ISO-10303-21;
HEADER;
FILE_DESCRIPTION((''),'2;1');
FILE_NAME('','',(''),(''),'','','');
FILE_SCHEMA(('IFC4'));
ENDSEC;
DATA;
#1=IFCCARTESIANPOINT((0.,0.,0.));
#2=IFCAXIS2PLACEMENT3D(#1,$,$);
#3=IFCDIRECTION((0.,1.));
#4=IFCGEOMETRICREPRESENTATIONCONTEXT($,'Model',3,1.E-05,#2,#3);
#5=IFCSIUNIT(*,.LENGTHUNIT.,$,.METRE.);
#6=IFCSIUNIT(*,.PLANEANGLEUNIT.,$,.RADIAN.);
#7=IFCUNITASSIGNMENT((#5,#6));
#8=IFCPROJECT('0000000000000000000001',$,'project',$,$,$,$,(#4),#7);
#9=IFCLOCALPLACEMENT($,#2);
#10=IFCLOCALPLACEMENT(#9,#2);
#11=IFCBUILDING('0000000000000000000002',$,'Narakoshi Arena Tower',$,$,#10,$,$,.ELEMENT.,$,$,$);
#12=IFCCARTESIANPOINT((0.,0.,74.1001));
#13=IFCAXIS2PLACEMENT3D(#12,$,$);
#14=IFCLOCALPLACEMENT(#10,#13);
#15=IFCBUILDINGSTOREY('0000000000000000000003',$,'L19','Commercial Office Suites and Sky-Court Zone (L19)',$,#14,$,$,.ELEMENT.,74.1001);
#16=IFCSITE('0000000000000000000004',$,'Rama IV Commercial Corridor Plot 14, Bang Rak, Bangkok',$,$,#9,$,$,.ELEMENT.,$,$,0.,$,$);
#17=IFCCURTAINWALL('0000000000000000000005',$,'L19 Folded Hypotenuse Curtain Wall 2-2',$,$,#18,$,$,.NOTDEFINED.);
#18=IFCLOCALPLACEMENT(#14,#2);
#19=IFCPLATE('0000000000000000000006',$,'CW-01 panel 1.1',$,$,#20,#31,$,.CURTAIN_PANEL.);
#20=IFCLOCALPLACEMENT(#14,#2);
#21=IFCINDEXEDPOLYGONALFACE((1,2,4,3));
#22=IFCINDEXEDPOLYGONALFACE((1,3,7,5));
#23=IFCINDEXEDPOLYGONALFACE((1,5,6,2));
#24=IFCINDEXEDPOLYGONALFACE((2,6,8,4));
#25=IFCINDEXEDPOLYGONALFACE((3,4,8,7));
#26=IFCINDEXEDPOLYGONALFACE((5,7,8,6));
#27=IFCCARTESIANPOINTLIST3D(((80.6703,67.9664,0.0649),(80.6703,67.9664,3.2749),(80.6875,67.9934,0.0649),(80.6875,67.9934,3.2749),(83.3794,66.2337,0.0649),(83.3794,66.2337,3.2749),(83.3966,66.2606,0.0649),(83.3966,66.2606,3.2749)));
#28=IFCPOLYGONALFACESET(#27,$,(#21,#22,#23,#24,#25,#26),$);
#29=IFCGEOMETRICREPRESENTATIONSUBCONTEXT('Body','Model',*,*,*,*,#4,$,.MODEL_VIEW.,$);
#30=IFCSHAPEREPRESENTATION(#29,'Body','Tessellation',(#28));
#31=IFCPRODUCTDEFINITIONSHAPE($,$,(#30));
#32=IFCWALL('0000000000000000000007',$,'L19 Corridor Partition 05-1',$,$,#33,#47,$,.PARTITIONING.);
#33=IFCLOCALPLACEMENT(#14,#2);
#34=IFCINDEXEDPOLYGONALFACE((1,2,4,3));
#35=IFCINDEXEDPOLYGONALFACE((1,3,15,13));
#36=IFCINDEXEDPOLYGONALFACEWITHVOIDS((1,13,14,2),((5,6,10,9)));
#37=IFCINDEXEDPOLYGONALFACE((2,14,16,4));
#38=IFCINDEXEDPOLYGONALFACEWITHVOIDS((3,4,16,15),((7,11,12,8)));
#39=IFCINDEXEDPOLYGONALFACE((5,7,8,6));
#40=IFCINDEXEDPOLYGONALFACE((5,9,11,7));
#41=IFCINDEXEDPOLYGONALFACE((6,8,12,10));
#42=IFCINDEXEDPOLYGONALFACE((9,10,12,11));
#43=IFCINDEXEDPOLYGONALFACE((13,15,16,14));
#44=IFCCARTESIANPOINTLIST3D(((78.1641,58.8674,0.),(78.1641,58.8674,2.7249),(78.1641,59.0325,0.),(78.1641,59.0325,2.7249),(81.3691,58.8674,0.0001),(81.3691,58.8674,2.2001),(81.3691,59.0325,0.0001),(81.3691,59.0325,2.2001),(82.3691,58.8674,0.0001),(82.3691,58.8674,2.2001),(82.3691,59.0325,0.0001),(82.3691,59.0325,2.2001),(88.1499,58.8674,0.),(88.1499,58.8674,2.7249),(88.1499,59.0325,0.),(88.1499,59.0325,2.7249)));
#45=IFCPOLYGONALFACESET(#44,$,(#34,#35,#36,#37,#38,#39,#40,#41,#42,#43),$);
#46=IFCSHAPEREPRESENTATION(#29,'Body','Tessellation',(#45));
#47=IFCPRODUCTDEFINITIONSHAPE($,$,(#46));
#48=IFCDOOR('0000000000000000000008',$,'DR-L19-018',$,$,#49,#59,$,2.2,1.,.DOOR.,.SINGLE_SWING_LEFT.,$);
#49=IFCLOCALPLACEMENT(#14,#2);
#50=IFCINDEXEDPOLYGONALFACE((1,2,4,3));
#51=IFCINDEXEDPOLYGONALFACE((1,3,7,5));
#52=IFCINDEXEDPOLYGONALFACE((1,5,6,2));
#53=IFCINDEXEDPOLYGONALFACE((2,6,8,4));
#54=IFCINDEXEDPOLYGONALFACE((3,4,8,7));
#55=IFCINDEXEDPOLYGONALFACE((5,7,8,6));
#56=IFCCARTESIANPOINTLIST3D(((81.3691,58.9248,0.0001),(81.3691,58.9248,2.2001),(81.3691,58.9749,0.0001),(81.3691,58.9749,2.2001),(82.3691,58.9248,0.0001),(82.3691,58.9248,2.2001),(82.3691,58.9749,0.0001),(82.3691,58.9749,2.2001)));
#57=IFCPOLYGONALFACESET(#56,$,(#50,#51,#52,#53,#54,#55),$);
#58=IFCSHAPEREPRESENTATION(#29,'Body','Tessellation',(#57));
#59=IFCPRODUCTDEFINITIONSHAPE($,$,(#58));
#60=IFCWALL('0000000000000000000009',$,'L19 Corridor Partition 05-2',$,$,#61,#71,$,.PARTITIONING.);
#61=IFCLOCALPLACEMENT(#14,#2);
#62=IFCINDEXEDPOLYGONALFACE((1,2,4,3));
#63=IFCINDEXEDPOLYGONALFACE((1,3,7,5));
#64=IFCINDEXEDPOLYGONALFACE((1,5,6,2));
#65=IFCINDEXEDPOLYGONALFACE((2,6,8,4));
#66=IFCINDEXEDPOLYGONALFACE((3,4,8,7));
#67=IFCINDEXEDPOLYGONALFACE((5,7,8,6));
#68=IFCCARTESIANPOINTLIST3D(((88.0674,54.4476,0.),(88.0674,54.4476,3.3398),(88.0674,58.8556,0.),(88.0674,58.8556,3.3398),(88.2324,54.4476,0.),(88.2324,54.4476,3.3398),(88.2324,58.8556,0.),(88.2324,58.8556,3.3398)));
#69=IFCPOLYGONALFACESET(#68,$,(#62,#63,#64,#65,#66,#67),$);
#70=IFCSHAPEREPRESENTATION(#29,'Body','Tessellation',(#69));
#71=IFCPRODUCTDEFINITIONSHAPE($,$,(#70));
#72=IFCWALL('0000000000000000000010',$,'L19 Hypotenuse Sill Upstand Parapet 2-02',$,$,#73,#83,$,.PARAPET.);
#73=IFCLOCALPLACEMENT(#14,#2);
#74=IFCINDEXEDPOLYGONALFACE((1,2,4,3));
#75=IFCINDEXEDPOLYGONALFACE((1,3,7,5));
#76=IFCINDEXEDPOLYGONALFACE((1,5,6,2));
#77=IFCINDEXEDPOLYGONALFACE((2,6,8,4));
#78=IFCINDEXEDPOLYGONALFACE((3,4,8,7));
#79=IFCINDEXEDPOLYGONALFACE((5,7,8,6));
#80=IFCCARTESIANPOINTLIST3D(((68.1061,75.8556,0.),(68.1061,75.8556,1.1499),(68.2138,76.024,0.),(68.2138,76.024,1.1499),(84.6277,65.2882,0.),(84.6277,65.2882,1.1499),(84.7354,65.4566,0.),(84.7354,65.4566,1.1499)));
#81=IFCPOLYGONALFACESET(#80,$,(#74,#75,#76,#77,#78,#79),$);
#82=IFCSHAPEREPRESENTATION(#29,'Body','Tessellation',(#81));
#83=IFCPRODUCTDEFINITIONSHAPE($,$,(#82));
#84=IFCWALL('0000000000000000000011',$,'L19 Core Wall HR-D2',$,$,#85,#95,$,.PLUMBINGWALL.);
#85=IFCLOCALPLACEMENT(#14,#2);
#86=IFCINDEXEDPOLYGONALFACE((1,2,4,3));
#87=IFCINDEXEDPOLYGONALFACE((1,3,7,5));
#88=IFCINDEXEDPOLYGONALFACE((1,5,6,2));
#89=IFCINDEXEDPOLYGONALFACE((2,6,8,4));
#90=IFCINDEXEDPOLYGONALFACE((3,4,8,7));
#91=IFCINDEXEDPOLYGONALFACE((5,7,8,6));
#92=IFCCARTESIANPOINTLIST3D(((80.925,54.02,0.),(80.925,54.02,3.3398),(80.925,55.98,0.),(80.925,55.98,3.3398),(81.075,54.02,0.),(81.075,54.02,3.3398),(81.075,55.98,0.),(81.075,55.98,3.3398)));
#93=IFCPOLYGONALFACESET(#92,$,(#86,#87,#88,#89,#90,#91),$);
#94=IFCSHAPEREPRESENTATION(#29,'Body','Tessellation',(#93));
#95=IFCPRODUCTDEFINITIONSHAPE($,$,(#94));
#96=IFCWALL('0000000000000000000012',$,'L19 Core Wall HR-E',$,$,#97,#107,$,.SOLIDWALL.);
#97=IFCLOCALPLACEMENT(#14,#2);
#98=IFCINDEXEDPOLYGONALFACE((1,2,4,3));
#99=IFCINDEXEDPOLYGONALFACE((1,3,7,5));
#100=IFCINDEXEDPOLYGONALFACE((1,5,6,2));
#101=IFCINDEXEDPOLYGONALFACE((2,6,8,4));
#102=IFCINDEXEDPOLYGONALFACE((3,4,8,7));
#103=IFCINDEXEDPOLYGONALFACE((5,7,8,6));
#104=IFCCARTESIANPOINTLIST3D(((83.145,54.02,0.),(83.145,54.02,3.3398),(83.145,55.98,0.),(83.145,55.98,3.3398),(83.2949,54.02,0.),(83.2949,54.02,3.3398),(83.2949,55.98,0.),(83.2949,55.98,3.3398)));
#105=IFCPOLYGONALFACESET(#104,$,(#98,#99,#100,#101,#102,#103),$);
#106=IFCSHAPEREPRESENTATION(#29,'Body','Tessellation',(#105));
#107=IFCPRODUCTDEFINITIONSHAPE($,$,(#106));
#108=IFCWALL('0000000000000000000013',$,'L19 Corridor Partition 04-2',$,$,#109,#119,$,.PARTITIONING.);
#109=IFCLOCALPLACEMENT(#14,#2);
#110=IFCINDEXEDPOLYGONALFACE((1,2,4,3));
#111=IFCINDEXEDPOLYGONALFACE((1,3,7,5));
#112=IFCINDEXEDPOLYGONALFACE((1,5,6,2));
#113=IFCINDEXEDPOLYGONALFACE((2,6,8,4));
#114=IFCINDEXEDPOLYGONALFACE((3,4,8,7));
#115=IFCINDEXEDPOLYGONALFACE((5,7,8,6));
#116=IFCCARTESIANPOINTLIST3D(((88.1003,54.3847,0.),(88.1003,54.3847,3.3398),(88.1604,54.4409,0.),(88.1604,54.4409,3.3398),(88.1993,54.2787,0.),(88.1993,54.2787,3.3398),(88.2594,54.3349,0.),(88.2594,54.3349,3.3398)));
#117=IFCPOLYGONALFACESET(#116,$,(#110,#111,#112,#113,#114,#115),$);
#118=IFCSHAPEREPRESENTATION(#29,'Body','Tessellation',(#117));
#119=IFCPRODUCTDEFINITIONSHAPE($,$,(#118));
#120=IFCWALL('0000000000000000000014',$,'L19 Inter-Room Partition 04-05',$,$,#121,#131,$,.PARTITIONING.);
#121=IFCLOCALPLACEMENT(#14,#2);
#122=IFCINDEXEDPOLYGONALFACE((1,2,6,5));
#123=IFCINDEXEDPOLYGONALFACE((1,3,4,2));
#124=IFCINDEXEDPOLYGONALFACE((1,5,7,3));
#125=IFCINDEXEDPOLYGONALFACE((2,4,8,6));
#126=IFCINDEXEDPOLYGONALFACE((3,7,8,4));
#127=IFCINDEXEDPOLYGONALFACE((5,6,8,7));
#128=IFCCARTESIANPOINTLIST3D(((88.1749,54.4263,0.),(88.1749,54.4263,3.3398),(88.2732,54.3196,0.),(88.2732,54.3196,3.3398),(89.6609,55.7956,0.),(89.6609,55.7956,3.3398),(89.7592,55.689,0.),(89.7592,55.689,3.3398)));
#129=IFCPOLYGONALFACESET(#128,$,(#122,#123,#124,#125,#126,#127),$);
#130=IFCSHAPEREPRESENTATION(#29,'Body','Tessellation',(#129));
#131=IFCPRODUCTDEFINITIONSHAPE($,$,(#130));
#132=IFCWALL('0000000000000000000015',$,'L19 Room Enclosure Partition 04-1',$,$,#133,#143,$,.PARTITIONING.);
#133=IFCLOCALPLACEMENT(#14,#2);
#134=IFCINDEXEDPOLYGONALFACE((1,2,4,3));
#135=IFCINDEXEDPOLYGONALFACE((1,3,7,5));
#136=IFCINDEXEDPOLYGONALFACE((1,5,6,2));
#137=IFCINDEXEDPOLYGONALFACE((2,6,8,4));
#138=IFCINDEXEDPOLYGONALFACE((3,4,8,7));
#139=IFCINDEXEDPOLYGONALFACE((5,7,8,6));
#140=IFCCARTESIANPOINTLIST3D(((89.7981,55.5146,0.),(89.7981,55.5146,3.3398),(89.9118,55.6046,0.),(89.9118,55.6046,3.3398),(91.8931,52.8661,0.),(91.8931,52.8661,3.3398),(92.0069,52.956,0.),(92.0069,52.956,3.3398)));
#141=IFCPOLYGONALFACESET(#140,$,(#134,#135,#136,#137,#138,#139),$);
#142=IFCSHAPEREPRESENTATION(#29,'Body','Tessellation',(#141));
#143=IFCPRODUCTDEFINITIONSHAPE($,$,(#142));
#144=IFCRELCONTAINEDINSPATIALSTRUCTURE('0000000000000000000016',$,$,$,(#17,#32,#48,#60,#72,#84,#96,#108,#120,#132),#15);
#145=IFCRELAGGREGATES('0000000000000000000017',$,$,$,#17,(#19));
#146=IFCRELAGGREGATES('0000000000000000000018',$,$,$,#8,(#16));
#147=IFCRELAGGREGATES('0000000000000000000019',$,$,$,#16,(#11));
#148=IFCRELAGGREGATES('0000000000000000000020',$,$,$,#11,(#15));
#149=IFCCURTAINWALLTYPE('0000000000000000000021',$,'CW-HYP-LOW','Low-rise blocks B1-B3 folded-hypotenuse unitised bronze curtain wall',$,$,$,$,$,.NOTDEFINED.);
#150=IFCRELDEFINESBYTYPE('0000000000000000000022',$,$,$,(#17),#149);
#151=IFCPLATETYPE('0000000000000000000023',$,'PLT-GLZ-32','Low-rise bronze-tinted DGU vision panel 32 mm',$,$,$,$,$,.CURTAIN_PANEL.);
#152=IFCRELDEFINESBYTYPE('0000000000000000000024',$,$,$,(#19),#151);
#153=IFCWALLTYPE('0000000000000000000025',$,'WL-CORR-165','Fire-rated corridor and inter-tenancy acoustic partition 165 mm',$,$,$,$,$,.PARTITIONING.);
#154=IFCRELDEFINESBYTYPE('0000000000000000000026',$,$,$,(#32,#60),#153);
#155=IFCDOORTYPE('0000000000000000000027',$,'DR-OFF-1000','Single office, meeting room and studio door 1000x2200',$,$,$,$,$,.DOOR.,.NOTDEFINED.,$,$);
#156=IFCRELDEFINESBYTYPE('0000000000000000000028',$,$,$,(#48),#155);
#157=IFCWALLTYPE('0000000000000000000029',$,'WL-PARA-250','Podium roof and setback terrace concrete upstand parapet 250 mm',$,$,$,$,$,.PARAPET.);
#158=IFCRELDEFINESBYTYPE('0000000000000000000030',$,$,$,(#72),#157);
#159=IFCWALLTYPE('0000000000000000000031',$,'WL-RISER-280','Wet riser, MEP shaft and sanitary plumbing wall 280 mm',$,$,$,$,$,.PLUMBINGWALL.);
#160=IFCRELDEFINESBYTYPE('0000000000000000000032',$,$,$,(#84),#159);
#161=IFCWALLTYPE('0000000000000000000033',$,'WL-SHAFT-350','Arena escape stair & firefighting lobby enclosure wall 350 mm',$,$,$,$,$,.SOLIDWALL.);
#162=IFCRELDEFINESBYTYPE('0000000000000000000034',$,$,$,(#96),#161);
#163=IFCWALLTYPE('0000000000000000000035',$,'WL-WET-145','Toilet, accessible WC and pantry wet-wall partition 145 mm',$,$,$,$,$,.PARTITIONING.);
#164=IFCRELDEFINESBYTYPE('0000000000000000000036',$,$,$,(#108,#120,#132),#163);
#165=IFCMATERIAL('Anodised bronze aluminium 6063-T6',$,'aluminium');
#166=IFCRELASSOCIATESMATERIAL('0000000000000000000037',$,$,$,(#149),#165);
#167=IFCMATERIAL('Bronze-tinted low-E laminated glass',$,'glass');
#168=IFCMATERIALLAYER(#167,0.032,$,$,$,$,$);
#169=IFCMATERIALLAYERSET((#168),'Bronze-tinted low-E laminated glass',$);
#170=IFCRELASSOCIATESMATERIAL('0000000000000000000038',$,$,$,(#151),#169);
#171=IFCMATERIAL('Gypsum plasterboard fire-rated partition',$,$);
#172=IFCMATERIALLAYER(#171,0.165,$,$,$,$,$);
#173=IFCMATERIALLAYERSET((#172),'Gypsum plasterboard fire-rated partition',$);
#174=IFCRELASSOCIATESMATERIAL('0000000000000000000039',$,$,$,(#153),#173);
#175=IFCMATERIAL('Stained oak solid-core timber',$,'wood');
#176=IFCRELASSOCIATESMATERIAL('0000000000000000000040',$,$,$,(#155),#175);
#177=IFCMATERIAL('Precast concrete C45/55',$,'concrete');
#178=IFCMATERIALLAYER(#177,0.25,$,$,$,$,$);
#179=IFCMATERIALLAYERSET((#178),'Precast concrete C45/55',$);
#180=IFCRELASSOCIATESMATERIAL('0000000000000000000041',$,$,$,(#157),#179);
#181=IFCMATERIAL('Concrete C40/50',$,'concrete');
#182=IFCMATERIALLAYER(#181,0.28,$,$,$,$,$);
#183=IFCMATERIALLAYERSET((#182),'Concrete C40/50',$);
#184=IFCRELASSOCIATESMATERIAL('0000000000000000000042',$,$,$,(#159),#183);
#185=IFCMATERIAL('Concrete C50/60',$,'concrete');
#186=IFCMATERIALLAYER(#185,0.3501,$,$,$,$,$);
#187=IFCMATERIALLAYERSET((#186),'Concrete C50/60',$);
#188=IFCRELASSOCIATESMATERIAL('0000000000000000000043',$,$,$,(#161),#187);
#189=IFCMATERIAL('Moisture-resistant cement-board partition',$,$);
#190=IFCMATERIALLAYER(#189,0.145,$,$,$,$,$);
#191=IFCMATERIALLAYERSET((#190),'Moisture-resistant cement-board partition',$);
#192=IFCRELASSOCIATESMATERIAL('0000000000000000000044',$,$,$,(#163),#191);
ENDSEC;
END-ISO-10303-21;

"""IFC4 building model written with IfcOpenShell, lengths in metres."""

from ifc_helpers import new_model, si_unit, direction, frame, frame_2d, origin, origin_2d, place, context, subcontext, project, spatial, rectangle, extrude, material, layer, layer_set, type_object, element, fill, aggregate, save


model = new_model("IFC4")

# Units and contexts
model_context = context("Model", 3, precision=1e-05, world=origin(), true_north=direction((0.0, 1.0)))
body_context = subcontext(model_context, "Body", "Model", "MODEL_VIEW")
ifc_project = project(units=[si_unit("LENGTHUNIT", "METRE"), si_unit("PLANEANGLEUNIT", "RADIAN")], contexts=[model_context])

# Site, building, storey
site_placement = place(None, origin())
site = spatial("IfcSite", under=ifc_project, at=site_placement, Name="Rama IV Commercial Corridor Plot 14, Bang Rak, Bangkok", CompositionType="ELEMENT", RefElevation=0.0)
building_placement = place(site_placement, origin())
building = spatial("IfcBuilding", under=site, at=building_placement, Name="Narakoshi Arena Tower", CompositionType="ELEMENT")
storey_placement = place(building_placement, frame((0.0, 0.0, 74.1001)))
storey = spatial("IfcBuildingStorey", under=building, at=storey_placement, Name="L19", Description="Commercial Office Suites and Sky-Court Zone (L19)", CompositionType="ELEMENT", Elevation=74.1001)

# Curtain wall
ifc_material_1 = material(Name="Anodised bronze aluminium 6063-T6", Category="aluminium")
curtain_wall_type = type_object("IfcCurtainWallType", Name="CW-HYP-LOW", Description="Low-rise blocks B1-B3 folded-hypotenuse unitised bronze curtain wall", PredefinedType="NOTDEFINED", material=ifc_material_1)
curtain_wall_1_placement = place(storey_placement, origin())
curtain_wall_1 = element("IfcCurtainWall", 1, at=curtain_wall_1_placement, inside=storey, type_object=curtain_wall_type, Name="L19 Folded Hypotenuse Curtain Wall 2-2", PredefinedType="NOTDEFINED")

# Plate
ifc_material_2 = material(Name="Bronze-tinted low-E laminated glass", Category="glass")
ifc_layer_1 = layer(ifc_material_2, 0.032)
ifc_layer_set_1 = layer_set([ifc_layer_1], Name="Bronze-tinted low-E laminated glass")
plate_type = type_object("IfcPlateType", Name="PLT-GLZ-32", Description="Low-rise bronze-tinted DGU vision panel 32 mm", PredefinedType="CURTAIN_PANEL", material=ifc_layer_set_1)
plate_1_placement = place(storey_placement, frame((82.0334, 67.1135, 0.0649), z_axis=(0.0, 0.0, 1.0), x_axis=(-0.842415, 0.538829, 0.0)))
plate_1 = element("IfcPlate", 2, at=plate_1_placement, type_object=plate_type, Name="CW-01 panel 1.1", PredefinedType="CURTAIN_PANEL", context=body_context, shape_type="SweptSolid", body=[
    extrude(rectangle(XDim=3.2158, YDim=0.032, at=origin_2d()), origin(), (0.0, 0.0, 1.0), 3.21),
])
aggregate(curtain_wall_1, [plate_1])

# Wall, opening, door
ifc_material_3 = material(Name="Gypsum plasterboard fire-rated partition")
ifc_layer_2 = layer(ifc_material_3, 0.165)
ifc_layer_set_2 = layer_set([ifc_layer_2], Name="Gypsum plasterboard fire-rated partition")
wall_type_1 = type_object("IfcWallType", Name="WL-CORR-165", Description="Fire-rated corridor and inter-tenancy acoustic partition 165 mm", PredefinedType="PARTITIONING", material=ifc_layer_set_2)
wall_1_placement = place(storey_placement, frame((88.1499, 58.95, 0.0), z_axis=(0.0, 0.0, 1.0), x_axis=(-1.0, 0.0, 0.0)))
wall_1 = element("IfcWall", 3, at=wall_1_placement, inside=storey, type_object=wall_type_1, Name="L19 Corridor Partition 05-1", PredefinedType="PARTITIONING", context=body_context, shape_type="SweptSolid", body=[
    extrude(rectangle(XDim=9.9858, YDim=0.165, at=frame_2d((4.9929, 0.0))), origin(), (0.0, 0.0, 1.0), 2.7249),
])
opening_placement = place(wall_1_placement, frame((5.7808, 0.0, 0.0)))
opening = element("IfcOpeningElement", 4, at=opening_placement, cuts=wall_1, PredefinedType="OPENING", context=body_context, shape_type="SweptSolid", body=[
    extrude(rectangle(XDim=1.0, YDim=2.2, at=frame_2d((0.5, 1.1001))), frame((0.0, 0.0925, 0.0), z_axis=(0.0, -1.0, 0.0), x_axis=(1.0, 0.0, 0.0)), (0.0, 0.0, 1.0), 0.1851),
])
ifc_material_4 = material(Name="Stained oak solid-core timber", Category="wood")
door_type = type_object("IfcDoorType", Name="DR-OFF-1000", Description="Single office, meeting room and studio door 1000x2200", OperationType="NOTDEFINED", PredefinedType="DOOR", material=ifc_material_4)
door_placement = place(opening_placement, frame((1.0, 0.0, 0.0), z_axis=(0.0, 0.0, 1.0), x_axis=(-1.0, 0.0, 0.0)))
door = element("IfcDoor", 5, at=door_placement, inside=storey, type_object=door_type, Name="DR-L19-018", OperationType="SINGLE_SWING_LEFT", OverallHeight=2.2, OverallWidth=1.0, PredefinedType="DOOR", context=body_context, shape_type="SweptSolid", body=[
    extrude(rectangle(XDim=1.0, YDim=2.2, at=frame_2d((0.5, 1.1001))), frame((0.0, 0.0249, 0.0), z_axis=(0.0, -1.0, 0.0), x_axis=(1.0, 0.0, 0.0)), (0.0, 0.0, 1.0), 0.05),
])
fill(opening, door)

# Walls
wall_2_placement = place(storey_placement, frame((88.1499, 54.4475, 0.0), z_axis=(0.0, 0.0, 1.0), x_axis=(0.0, 1.0, 0.0)))
element("IfcWall", 6, at=wall_2_placement, inside=storey, type_object=wall_type_1, Name="L19 Corridor Partition 05-2", PredefinedType="PARTITIONING", context=body_context, shape_type="SweptSolid", body=[
    extrude(rectangle(XDim=4.408, YDim=0.165, at=frame_2d((2.2041, 0.0))), origin(), (0.0, 0.0, 1.0), 3.3398),
])
ifc_material_5 = material(Name="Precast concrete C45/55", Category="concrete")
ifc_layer_3 = layer(ifc_material_5, 0.25)
ifc_layer_set_3 = layer_set([ifc_layer_3], Name="Precast concrete C45/55")
wall_type_2 = type_object("IfcWallType", Name="WL-PARA-250", Description="Podium roof and setback terrace concrete upstand parapet 250 mm", PredefinedType="PARAPET", material=ifc_layer_set_3)
wall_3_placement = place(storey_placement, frame((84.6816, 65.3723, 0.0), z_axis=(0.0, 0.0, 1.0), x_axis=(-0.842419, 0.538823, 0.0)))
element("IfcWall", 7, at=wall_3_placement, inside=storey, type_object=wall_type_2, Name="L19 Hypotenuse Sill Upstand Parapet 2-02", PredefinedType="PARAPET", context=body_context, shape_type="SweptSolid", body=[
    extrude(rectangle(XDim=19.6121, YDim=0.2, at=frame_2d((9.8062, 0.0))), origin(), (0.0, 0.0, 1.0), 1.1499),
])
ifc_material_6 = material(Name="Concrete C40/50", Category="concrete")
ifc_layer_4 = layer(ifc_material_6, 0.28)
ifc_layer_set_4 = layer_set([ifc_layer_4], Name="Concrete C40/50")
wall_type_3 = type_object("IfcWallType", Name="WL-RISER-280", Description="Wet riser, MEP shaft and sanitary plumbing wall 280 mm", PredefinedType="PLUMBINGWALL", material=ifc_layer_set_4)
wall_4_placement = place(storey_placement, frame((81.0, 54.02, 0.0), z_axis=(0.0, 0.0, 1.0), x_axis=(0.0, 1.0, 0.0)))
element("IfcWall", 8, at=wall_4_placement, inside=storey, type_object=wall_type_3, Name="L19 Core Wall HR-D2", PredefinedType="PLUMBINGWALL", context=body_context, shape_type="SweptSolid", body=[
    extrude(rectangle(XDim=1.96, YDim=0.1499, at=frame_2d((0.98, 0.0))), origin(), (0.0, 0.0, 1.0), 3.3398),
])
ifc_material_7 = material(Name="Concrete C50/60", Category="concrete")
ifc_layer_5 = layer(ifc_material_7, 0.3501)
ifc_layer_set_5 = layer_set([ifc_layer_5], Name="Concrete C50/60")
wall_type_4 = type_object("IfcWallType", Name="WL-SHAFT-350", Description="Arena escape stair & firefighting lobby enclosure wall 350 mm", PredefinedType="SOLIDWALL", material=ifc_layer_set_5)
wall_5_placement = place(storey_placement, frame((83.22, 54.02, 0.0), z_axis=(0.0, 0.0, 1.0), x_axis=(0.0, 1.0, 0.0)))
element("IfcWall", 9, at=wall_5_placement, inside=storey, type_object=wall_type_4, Name="L19 Core Wall HR-E", PredefinedType="SOLIDWALL", context=body_context, shape_type="SweptSolid", body=[
    extrude(rectangle(XDim=1.96, YDim=0.1499, at=frame_2d((0.98, 0.0))), origin(), (0.0, 0.0, 1.0), 3.3398),
])
ifc_material_8 = material(Name="Moisture-resistant cement-board partition")
ifc_layer_6 = layer(ifc_material_8, 0.145)
ifc_layer_set_6 = layer_set([ifc_layer_6], Name="Moisture-resistant cement-board partition")
wall_type_5 = type_object("IfcWallType", Name="WL-WET-145", Description="Toilet, accessible WC and pantry wet-wall partition 145 mm", PredefinedType="PARTITIONING", material=ifc_layer_set_6)
wall_6_placement = place(storey_placement, frame((88.1499, 54.3318, 0.0), z_axis=(0.0, 0.0, 1.0), x_axis=(0.730463, 0.682953, 0.0)))
element("IfcWall", 10, at=wall_6_placement, inside=storey, type_object=wall_type_5, Name="L19 Corridor Partition 04-2", PredefinedType="PARTITIONING", context=body_context, shape_type="SweptSolid", body=[
    extrude(rectangle(XDim=0.0823, YDim=0.145, at=frame_2d((0.041, 0.0))), origin(), (0.0, 0.0, 1.0), 3.3398),
])
wall_7_placement = place(storey_placement, frame((88.2241, 54.373, 0.0), z_axis=(0.0, 0.0, 1.0), x_axis=(0.735391, 0.677643, 0.0)))
element("IfcWall", 11, at=wall_7_placement, inside=storey, type_object=wall_type_5, Name="L19 Inter-Room Partition 04-05", PredefinedType="PARTITIONING", context=body_context, shape_type="SweptSolid", body=[
    extrude(rectangle(XDim=2.0208, YDim=0.145, at=frame_2d((1.0103, 0.0))), origin(), (0.0, 0.0, 1.0), 3.3398),
])
wall_8_placement = place(storey_placement, frame((89.855, 55.5596, 0.0), z_axis=(0.0, 0.0, 1.0), x_axis=(0.620392, -0.784292, 0.0)))
element("IfcWall", 12, at=wall_8_placement, inside=storey, type_object=wall_type_5, Name="L19 Room Enclosure Partition 04-1", PredefinedType="PARTITIONING", context=body_context, shape_type="SweptSolid", body=[
    extrude(rectangle(XDim=3.377, YDim=0.145, at=frame_2d((1.6885, 0.0))), origin(), (0.0, 0.0, 1.0), 3.3398),
])

save(model, "model.ifc")
